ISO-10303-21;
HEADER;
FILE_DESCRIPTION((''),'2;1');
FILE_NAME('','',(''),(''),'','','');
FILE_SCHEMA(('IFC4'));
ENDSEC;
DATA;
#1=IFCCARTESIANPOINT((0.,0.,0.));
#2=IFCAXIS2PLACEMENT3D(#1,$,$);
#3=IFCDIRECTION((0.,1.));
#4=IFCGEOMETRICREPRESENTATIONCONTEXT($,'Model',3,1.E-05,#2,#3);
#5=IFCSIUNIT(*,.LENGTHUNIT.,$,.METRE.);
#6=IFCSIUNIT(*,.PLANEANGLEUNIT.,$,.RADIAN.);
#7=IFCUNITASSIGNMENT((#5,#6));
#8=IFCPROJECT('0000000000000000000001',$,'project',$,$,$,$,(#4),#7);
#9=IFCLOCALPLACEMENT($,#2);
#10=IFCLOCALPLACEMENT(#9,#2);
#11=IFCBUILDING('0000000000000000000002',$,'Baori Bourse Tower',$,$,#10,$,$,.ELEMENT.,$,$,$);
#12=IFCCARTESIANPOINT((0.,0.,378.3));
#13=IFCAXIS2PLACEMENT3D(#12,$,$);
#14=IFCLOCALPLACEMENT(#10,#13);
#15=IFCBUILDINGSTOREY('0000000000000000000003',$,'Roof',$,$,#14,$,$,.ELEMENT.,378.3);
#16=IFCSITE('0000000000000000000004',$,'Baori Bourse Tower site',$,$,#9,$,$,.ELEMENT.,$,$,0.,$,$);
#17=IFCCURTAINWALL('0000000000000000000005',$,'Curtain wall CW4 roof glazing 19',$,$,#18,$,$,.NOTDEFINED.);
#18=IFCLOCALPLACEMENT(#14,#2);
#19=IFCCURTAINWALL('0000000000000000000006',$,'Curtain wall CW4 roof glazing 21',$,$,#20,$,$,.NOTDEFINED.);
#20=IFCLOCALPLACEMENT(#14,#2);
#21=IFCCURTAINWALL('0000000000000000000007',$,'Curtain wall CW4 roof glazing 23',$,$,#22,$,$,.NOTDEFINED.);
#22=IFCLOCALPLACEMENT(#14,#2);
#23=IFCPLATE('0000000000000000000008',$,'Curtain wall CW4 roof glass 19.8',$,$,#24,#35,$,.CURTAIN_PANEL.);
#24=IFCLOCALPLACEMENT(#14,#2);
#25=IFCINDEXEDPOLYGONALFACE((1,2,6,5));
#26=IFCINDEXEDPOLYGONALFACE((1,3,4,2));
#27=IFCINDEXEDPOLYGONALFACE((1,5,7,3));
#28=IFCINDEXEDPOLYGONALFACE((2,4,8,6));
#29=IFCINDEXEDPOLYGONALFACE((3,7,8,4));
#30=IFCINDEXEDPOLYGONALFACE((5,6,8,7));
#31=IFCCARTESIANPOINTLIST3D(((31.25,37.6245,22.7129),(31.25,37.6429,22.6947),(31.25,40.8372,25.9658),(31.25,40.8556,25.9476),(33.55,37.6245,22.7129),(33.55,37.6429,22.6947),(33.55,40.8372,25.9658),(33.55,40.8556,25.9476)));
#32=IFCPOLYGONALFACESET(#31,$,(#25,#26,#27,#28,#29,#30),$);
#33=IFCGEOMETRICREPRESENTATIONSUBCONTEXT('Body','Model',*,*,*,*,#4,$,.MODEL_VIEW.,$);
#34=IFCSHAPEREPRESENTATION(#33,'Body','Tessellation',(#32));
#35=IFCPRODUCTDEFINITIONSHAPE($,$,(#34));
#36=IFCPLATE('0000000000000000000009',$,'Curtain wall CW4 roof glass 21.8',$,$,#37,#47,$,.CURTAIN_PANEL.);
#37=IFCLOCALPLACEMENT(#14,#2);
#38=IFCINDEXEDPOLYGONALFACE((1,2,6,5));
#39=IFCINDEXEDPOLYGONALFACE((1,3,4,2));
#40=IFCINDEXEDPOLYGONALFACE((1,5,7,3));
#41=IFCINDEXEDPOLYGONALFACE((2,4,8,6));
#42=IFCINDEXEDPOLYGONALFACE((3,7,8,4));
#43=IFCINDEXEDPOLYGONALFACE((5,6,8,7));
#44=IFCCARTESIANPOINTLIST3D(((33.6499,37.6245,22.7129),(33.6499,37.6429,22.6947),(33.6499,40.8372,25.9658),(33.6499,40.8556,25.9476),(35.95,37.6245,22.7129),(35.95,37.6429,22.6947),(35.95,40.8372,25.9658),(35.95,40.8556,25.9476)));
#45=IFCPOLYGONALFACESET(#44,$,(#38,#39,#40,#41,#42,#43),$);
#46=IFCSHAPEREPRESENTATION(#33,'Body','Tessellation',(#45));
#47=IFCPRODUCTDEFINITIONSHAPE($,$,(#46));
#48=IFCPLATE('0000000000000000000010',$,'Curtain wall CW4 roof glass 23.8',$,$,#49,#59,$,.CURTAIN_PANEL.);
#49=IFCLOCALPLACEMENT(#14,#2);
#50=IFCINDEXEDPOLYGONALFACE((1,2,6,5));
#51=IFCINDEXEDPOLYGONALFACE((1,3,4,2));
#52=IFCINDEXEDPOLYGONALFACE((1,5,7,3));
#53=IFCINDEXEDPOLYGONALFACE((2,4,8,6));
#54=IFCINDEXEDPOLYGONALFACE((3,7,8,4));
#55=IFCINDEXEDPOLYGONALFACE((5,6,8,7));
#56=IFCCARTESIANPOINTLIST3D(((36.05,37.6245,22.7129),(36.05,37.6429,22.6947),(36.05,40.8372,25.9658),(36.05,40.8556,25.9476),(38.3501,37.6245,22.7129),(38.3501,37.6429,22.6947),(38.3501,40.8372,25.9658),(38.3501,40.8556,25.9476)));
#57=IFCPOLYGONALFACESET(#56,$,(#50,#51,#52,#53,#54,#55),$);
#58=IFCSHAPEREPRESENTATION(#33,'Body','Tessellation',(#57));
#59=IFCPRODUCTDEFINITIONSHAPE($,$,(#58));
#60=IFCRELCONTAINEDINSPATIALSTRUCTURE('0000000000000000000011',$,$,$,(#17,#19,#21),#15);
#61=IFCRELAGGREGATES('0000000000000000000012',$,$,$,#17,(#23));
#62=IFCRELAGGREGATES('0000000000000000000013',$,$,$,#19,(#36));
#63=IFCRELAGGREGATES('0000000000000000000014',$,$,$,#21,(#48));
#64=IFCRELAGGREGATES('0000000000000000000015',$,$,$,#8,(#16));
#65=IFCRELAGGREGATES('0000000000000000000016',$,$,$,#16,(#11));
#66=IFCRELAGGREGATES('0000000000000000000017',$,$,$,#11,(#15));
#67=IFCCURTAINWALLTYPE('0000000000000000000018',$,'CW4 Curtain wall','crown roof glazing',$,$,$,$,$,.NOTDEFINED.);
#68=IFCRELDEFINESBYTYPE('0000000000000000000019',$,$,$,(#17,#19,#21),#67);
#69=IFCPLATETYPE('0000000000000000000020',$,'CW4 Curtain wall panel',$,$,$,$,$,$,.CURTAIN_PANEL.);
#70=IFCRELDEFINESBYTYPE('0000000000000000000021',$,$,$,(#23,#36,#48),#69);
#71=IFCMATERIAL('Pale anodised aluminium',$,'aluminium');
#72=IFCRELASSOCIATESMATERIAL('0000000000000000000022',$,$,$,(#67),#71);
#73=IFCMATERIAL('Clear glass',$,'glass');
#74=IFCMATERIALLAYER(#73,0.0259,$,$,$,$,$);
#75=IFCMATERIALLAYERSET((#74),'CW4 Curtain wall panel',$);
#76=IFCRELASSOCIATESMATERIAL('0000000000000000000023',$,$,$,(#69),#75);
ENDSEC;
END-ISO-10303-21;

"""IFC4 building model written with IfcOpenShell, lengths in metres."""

from ifc_helpers import new_model, si_unit, direction, frame, origin, place, context, subcontext, project, spatial, polyline, outline, extrude, material, layer, layer_set, type_object, element, aggregate, save


model = new_model("IFC4")

# Units and contexts
model_context = context("Model", 3, precision=1e-05, world=origin(), true_north=direction((0.0, 1.0)))
body_context = subcontext(model_context, "Body", "Model", "MODEL_VIEW")
ifc_project = project(units=[si_unit("LENGTHUNIT", "METRE"), si_unit("PLANEANGLEUNIT", "RADIAN")], contexts=[model_context])

# Site, building, storey
site_placement = place(None, origin())
site = spatial("IfcSite", under=ifc_project, at=site_placement, Name="Baori Bourse Tower site", CompositionType="ELEMENT", RefElevation=0.0)
building_placement = place(site_placement, origin())
building = spatial("IfcBuilding", under=site, at=building_placement, Name="Baori Bourse Tower", CompositionType="ELEMENT")
storey_placement = place(building_placement, frame((0.0, 0.0, 378.3)))
storey = spatial("IfcBuildingStorey", under=building, at=storey_placement, Name="Roof", CompositionType="ELEMENT", Elevation=378.3)

# Curtain walls
ifc_material_1 = material(Name="Pale anodised aluminium", Category="aluminium")
curtain_wall_type_1 = type_object("IfcCurtainWallType", Name="CW4 Curtain wall", Description="crown roof glazing", PredefinedType="NOTDEFINED", material=ifc_material_1)
curtain_wall_1_placement = place(storey_placement, origin())
curtain_wall_1 = element("IfcCurtainWall", 1, at=curtain_wall_1_placement, inside=storey, type_object=curtain_wall_type_1, Name="Curtain wall CW4 roof glazing 19", PredefinedType="NOTDEFINED")
curtain_wall_2_placement = place(storey_placement, origin())
curtain_wall_2 = element("IfcCurtainWall", 2, at=curtain_wall_2_placement, inside=storey, type_object=curtain_wall_type_1, Name="Curtain wall CW4 roof glazing 21", PredefinedType="NOTDEFINED")

# Curtain wall
curtain_wall_3_placement = place(storey_placement, origin())
curtain_wall_3 = element("IfcCurtainWall", 3, at=curtain_wall_3_placement, inside=storey, type_object=curtain_wall_type_1, Name="Curtain wall CW4 roof glazing 23", PredefinedType="NOTDEFINED")

# Plates
ifc_material_2 = material(Name="Clear glass", Category="glass")
ifc_layer_1 = layer(ifc_material_2, 0.0259)
ifc_layer_set_1 = layer_set([ifc_layer_1], Name="CW4 Curtain wall panel")
plate_type_1 = type_object("IfcPlateType", Name="CW4 Curtain wall panel", PredefinedType="CURTAIN_PANEL", material=ifc_layer_set_1)
plate_1_placement = place(storey_placement, frame((31.25, 37.6245, 22.7129), z_axis=(0.0, -0.711499, 0.702688), x_axis=(1.0, 0.0, 0.0)))
plate_1 = element("IfcPlate", 4, at=plate_1_placement, type_object=plate_type_1, Name="Curtain wall CW4 roof glass 19.8", PredefinedType="CURTAIN_PANEL", context=body_context, shape_type="SweptSolid", body=[
    extrude(outline(polyline([(0.0, 0.0), (2.3, 0.0), (2.3, 4.5719), (0.0, 4.5719), (0.0, 0.0)])), origin(), (0.0, 0.0, -1.0), 0.0259),
])
aggregate(curtain_wall_1, [plate_1])
plate_2_placement = place(storey_placement, frame((33.6499, 37.6245, 22.7129), z_axis=(0.0, -0.711499, 0.702688), x_axis=(1.0, 0.0, 0.0)))
plate_2 = element("IfcPlate", 5, at=plate_2_placement, type_object=plate_type_1, Name="Curtain wall CW4 roof glass 21.8", PredefinedType="CURTAIN_PANEL", context=body_context, shape_type="SweptSolid", body=[
    extrude(outline(polyline([(0.0, 0.0), (2.3, 0.0), (2.3, 4.5719), (0.0, 4.5719), (0.0, 0.0)])), origin(), (0.0, 0.0, -1.0), 0.0259),
])
aggregate(curtain_wall_2, [plate_2])
plate_3_placement = place(storey_placement, frame((36.05, 37.6245, 22.7129), z_axis=(0.0, -0.711499, 0.702688), x_axis=(1.0, 0.0, 0.0)))
plate_3 = element("IfcPlate", 6, at=plate_3_placement, type_object=plate_type_1, Name="Curtain wall CW4 roof glass 23.8", PredefinedType="CURTAIN_PANEL", context=body_context, shape_type="SweptSolid", body=[
    extrude(outline(polyline([(0.0, 0.0), (2.3, 0.0), (2.3, 4.5719), (0.0, 4.5719), (0.0, 0.0)])), origin(), (0.0, 0.0, -1.0), 0.0259),
])
aggregate(curtain_wall_3, [plate_3])

save(model, "model.ifc")
